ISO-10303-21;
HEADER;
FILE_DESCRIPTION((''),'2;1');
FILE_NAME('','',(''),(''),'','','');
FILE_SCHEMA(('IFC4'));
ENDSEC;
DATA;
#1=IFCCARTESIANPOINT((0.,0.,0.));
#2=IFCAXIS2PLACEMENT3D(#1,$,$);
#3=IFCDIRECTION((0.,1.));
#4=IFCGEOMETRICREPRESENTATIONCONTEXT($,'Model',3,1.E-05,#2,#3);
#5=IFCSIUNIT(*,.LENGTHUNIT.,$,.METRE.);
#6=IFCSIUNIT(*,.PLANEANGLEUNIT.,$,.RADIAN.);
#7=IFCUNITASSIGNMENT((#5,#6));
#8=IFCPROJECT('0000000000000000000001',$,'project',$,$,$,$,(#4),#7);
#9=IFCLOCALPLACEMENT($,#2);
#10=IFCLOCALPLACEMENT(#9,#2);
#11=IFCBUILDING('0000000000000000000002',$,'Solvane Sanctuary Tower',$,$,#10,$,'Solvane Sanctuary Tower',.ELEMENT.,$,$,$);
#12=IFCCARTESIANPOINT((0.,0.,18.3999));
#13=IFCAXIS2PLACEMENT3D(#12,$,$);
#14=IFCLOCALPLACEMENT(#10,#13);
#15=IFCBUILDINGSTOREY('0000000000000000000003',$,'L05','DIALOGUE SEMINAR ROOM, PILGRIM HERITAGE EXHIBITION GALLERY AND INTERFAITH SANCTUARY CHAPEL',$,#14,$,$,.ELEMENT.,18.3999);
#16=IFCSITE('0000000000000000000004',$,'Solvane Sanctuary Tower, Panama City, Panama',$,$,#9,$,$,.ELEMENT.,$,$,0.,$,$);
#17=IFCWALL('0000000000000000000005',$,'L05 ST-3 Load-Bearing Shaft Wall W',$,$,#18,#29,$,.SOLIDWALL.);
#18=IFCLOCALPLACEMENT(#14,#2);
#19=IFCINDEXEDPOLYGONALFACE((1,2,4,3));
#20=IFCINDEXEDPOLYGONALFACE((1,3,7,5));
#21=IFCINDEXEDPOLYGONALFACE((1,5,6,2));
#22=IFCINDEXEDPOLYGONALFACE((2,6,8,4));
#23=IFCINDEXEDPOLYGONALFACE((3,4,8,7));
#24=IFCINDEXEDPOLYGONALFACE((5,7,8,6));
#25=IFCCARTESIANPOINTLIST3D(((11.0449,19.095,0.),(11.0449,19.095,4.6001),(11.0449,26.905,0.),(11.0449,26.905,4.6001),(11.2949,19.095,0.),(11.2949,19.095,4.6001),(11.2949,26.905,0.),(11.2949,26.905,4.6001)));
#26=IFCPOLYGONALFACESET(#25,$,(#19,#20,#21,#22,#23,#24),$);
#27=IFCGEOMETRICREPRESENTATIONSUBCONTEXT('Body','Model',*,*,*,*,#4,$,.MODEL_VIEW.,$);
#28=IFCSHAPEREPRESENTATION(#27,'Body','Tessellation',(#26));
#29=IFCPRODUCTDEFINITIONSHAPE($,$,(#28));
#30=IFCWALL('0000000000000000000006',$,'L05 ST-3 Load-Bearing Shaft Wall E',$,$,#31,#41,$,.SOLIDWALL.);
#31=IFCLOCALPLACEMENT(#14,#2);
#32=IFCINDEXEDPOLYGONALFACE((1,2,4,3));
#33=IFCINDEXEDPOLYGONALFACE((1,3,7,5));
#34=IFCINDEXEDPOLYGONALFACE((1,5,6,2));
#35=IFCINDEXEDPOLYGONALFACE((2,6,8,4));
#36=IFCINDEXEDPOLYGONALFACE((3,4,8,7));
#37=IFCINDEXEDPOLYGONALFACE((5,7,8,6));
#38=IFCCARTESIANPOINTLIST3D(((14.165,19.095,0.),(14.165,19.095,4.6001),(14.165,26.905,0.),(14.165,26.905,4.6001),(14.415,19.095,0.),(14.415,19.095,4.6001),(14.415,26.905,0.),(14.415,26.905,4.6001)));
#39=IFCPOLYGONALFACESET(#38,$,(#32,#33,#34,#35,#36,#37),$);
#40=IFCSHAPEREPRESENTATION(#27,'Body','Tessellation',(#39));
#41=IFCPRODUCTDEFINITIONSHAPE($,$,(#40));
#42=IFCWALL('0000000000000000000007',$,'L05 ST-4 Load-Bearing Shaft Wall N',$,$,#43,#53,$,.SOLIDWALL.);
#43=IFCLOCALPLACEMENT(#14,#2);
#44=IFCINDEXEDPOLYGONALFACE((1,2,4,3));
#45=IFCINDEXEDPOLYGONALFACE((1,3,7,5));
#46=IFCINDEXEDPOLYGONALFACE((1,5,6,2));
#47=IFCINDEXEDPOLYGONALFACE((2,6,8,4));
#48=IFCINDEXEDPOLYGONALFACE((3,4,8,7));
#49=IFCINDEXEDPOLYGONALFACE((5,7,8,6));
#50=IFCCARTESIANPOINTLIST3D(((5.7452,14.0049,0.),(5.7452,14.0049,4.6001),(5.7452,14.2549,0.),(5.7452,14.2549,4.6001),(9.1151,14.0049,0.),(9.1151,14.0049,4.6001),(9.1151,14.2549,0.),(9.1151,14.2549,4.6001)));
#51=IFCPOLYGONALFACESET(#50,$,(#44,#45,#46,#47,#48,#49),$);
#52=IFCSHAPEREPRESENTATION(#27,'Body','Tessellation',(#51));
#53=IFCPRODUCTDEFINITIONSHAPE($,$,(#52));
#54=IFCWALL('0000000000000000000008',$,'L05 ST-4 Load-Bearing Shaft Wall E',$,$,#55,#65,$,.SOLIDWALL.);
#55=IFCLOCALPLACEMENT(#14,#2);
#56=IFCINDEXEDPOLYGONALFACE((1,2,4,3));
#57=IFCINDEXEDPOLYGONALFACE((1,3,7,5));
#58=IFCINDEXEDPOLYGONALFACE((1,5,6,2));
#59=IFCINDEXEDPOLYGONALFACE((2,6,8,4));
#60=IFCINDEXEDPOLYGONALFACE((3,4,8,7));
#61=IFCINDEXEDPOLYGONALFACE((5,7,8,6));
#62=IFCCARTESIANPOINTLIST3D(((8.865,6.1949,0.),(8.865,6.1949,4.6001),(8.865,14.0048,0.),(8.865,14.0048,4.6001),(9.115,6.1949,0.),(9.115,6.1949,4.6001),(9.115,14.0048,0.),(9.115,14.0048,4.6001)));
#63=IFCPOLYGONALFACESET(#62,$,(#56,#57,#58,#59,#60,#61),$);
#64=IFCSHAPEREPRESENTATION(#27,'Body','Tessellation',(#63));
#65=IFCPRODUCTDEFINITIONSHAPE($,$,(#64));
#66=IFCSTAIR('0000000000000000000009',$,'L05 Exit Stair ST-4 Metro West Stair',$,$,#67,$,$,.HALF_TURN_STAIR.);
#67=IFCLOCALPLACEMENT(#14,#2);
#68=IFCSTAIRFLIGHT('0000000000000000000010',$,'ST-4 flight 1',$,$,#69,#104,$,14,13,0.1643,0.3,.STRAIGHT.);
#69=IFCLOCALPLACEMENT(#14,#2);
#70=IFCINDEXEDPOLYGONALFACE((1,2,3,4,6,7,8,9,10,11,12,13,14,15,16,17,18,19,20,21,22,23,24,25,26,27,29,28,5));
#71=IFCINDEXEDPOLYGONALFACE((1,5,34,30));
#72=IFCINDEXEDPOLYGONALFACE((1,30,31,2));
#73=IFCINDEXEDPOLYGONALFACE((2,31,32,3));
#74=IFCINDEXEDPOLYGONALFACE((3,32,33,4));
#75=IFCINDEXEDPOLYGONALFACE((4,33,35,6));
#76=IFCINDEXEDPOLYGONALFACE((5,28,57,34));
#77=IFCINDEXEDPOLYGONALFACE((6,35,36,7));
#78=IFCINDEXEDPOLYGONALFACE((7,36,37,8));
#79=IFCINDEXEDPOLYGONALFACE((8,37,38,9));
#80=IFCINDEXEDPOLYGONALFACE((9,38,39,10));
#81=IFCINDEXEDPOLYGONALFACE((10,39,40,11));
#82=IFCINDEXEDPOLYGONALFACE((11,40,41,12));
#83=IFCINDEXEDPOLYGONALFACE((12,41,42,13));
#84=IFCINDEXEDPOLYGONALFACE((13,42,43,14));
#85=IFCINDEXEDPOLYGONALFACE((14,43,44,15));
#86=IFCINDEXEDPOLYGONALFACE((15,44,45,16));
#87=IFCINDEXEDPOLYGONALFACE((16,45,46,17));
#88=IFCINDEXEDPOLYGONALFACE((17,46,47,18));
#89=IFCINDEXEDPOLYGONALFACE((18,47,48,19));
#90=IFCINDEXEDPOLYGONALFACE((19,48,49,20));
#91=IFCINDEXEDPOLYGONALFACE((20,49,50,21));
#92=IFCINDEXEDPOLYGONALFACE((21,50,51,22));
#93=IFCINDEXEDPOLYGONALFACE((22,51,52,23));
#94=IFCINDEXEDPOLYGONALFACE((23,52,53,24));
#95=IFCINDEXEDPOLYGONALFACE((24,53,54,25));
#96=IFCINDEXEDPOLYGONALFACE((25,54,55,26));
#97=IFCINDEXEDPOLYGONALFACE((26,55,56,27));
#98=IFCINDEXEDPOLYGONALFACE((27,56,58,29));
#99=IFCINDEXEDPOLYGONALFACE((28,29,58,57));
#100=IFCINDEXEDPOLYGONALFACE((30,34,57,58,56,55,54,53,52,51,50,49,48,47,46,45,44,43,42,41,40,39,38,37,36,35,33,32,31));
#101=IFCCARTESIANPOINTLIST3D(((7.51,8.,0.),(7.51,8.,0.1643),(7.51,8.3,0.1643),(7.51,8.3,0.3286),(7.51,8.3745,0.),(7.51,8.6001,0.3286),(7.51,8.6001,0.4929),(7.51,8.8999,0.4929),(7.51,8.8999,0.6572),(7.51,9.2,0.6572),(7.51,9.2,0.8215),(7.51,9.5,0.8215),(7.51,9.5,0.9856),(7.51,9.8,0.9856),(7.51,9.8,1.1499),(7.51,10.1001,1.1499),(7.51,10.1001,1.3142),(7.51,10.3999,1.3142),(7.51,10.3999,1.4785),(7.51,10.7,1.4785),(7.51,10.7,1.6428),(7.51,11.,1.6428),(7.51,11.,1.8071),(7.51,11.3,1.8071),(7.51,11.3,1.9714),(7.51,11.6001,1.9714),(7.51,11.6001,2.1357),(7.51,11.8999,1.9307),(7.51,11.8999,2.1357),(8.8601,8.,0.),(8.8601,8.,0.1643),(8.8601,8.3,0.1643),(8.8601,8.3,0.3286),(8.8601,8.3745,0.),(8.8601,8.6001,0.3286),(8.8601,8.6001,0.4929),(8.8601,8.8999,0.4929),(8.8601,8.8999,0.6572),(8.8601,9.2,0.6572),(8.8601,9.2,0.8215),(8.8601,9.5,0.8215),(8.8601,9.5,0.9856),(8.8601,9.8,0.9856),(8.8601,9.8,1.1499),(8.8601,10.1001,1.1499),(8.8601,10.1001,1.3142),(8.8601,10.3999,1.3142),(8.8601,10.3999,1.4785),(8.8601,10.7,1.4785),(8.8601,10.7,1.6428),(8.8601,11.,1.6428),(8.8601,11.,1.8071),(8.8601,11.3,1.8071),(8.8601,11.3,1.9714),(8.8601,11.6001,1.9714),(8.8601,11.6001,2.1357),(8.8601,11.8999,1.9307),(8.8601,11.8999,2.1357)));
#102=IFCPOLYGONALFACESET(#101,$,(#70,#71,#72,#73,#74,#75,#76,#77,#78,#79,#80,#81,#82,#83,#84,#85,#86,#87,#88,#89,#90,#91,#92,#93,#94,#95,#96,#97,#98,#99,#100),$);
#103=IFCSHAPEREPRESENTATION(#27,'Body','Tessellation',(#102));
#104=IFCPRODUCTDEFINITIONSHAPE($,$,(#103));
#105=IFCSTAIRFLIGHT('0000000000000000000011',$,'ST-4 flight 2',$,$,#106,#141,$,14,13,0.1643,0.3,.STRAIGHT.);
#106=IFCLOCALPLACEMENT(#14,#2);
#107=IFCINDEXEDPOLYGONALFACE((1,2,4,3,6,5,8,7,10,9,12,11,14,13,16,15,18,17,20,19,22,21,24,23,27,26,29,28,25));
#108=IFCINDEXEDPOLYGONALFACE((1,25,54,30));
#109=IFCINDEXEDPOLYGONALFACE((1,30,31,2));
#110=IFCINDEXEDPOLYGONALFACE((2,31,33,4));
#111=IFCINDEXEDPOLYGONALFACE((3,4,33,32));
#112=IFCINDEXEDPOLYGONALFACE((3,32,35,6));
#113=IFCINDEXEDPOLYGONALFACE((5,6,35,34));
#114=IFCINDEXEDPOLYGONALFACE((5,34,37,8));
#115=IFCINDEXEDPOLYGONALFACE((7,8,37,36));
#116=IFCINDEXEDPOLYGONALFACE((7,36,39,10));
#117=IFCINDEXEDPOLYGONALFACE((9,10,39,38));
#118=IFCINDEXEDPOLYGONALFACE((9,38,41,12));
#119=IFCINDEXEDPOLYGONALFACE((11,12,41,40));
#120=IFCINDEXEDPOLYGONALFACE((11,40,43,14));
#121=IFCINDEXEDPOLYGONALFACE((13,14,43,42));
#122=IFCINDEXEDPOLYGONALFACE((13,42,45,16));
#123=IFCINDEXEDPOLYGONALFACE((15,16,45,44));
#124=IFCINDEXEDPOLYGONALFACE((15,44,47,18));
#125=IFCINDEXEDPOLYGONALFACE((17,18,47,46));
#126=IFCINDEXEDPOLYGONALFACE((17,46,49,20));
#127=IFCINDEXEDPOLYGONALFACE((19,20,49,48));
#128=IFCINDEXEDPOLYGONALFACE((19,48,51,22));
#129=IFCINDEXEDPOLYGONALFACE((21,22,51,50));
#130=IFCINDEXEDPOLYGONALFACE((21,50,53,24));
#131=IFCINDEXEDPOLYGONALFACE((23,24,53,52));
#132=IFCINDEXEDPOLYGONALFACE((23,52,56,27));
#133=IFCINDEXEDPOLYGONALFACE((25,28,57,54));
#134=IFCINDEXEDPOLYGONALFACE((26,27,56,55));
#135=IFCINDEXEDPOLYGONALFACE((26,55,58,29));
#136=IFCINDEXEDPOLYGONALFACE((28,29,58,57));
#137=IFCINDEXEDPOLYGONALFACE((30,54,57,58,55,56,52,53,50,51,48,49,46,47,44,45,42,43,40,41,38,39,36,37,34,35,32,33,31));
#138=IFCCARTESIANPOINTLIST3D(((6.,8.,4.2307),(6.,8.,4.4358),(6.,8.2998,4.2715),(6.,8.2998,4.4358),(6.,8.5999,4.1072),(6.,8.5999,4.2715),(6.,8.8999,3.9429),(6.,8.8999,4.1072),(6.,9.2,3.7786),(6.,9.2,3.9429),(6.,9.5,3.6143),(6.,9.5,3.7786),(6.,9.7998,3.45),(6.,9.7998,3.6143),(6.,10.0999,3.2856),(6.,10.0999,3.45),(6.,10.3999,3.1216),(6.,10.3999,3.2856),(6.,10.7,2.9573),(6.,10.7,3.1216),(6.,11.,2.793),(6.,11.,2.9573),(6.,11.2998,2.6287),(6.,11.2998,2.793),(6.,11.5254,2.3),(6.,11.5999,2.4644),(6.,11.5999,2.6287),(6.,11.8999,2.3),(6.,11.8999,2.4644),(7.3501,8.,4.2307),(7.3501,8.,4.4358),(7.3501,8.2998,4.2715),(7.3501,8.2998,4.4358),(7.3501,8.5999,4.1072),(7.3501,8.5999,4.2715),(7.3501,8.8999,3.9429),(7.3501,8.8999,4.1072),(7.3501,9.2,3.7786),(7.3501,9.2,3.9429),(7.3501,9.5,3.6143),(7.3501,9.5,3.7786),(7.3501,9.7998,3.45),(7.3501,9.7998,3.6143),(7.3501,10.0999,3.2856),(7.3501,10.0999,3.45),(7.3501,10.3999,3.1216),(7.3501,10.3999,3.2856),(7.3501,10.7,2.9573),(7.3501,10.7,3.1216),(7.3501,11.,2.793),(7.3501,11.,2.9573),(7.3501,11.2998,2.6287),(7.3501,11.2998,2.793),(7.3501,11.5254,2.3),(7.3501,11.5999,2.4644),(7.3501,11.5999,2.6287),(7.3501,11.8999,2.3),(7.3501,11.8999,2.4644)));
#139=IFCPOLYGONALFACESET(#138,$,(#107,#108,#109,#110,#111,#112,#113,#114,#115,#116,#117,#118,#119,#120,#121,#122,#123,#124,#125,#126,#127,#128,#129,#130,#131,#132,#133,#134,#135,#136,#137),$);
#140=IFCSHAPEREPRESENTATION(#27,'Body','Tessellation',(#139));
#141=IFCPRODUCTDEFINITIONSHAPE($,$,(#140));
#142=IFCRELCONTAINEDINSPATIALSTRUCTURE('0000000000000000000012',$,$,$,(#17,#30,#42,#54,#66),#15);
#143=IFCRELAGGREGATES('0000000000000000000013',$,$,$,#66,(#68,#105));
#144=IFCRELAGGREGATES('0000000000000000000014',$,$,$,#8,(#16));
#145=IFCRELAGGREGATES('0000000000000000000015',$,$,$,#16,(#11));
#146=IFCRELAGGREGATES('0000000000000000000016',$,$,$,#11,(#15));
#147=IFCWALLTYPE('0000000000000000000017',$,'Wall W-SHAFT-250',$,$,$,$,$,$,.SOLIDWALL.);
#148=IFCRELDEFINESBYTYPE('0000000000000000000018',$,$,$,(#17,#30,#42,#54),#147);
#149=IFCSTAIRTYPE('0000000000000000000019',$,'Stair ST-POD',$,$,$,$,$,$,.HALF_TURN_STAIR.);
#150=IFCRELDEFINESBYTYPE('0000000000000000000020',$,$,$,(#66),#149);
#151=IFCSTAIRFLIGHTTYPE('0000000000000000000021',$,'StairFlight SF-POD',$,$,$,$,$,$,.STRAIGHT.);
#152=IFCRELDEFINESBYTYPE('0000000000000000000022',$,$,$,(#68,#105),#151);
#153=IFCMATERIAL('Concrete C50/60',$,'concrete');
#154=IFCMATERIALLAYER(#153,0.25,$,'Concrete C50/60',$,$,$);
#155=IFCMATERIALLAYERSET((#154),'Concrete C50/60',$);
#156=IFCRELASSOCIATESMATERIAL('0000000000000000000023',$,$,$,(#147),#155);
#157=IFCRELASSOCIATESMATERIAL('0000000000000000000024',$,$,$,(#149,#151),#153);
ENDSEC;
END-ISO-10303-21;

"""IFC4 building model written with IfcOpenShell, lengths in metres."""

from ifc_helpers import new_model, si_unit, direction, frame, frame_2d, origin, place, context, subcontext, project, spatial, polyline, rectangle, outline, extrude, material, layer, layer_set, type_object, element, aggregate, save


model = new_model("IFC4")

# Units and contexts
model_context = context("Model", 3, precision=1e-05, world=origin(), true_north=direction((0.0, 1.0)))
body_context = subcontext(model_context, "Body", "Model", "MODEL_VIEW")
ifc_project = project(units=[si_unit("LENGTHUNIT", "METRE"), si_unit("PLANEANGLEUNIT", "RADIAN")], contexts=[model_context])

# Site, building, storey
site_placement = place(None, origin())
site = spatial("IfcSite", under=ifc_project, at=site_placement, Name="Solvane Sanctuary Tower, Panama City, Panama", CompositionType="ELEMENT", RefElevation=0.0)
building_placement = place(site_placement, origin())
building = spatial("IfcBuilding", under=site, at=building_placement, Name="Solvane Sanctuary Tower", LongName="Solvane Sanctuary Tower", CompositionType="ELEMENT")
storey_placement = place(building_placement, frame((0.0, 0.0, 18.3999)))
storey = spatial("IfcBuildingStorey", under=building, at=storey_placement, Name="L05", Description="DIALOGUE SEMINAR ROOM, PILGRIM HERITAGE EXHIBITION GALLERY AND INTERFAITH SANCTUARY CHAPEL", CompositionType="ELEMENT", Elevation=18.3999)

# Shared definitions
ifc_material_1 = material(Name="Concrete C50/60", Category="concrete")
ifc_layer_1 = layer(ifc_material_1, 0.25, Name="Concrete C50/60")
ifc_layer_set_1 = layer_set([ifc_layer_1], Name="Concrete C50/60")
wall_type_1 = type_object("IfcWallType", Name="Wall W-SHAFT-250", PredefinedType="SOLIDWALL", material=ifc_layer_set_1)

# Walls
for number, where, z_axis, x_axis, name in (
    (1, (11.1699, 19.095, 0.0), (0.0, 0.0, 1.0), (0.0, 1.0, 0.0), "L05 ST-3 Load-Bearing Shaft Wall W"),
    (2, (14.29, 19.095, 0.0), (0.0, 0.0, 1.0), (0.0, 1.0, 0.0), "L05 ST-3 Load-Bearing Shaft Wall E"),
):
    element("IfcWall", number, at=place(storey_placement, frame(where, z_axis=z_axis, x_axis=x_axis)), inside=storey, type_object=wall_type_1, Name=name, PredefinedType="SOLIDWALL", context=body_context, shape_type="SweptSolid", body=[
        extrude(rectangle(XDim=7.8101, YDim=0.25, at=frame_2d((3.905, 0.0))), origin(), (0.0, 0.0, 1.0), 4.6001),
    ])
wall_1_placement = place(storey_placement, frame((5.7451, 14.1299, 0.0), z_axis=(0.0, 0.0, 1.0), x_axis=(1.0, 0.0, 0.0)))
element("IfcWall", 3, at=wall_1_placement, inside=storey, type_object=wall_type_1, Name="L05 ST-4 Load-Bearing Shaft Wall N", PredefinedType="SOLIDWALL", context=body_context, shape_type="SweptSolid", body=[
    extrude(rectangle(XDim=3.3699, YDim=0.25, at=frame_2d((1.6851, 0.0))), origin(), (0.0, 0.0, 1.0), 4.6001),
])
wall_2_placement = place(storey_placement, frame((8.99, 6.1951, 0.0), z_axis=(0.0, 0.0, 1.0), x_axis=(0.0, 1.0, 0.0)))
element("IfcWall", 4, at=wall_2_placement, inside=storey, type_object=wall_type_1, Name="L05 ST-4 Load-Bearing Shaft Wall E", PredefinedType="SOLIDWALL", context=body_context, shape_type="SweptSolid", body=[
    extrude(rectangle(XDim=7.8098, YDim=0.25, at=frame_2d((3.9048, 0.0))), origin(), (0.0, 0.0, 1.0), 4.6001),
])

# Stair, stair flights
stair_type = type_object("IfcStairType", Name="Stair ST-POD", PredefinedType="HALF_TURN_STAIR", material=ifc_material_1)
stair_placement = place(storey_placement, origin())
stair = element("IfcStair", 5, at=stair_placement, inside=storey, type_object=stair_type, Name="L05 Exit Stair ST-4 Metro West Stair", PredefinedType="HALF_TURN_STAIR")
stair_flight_type = type_object("IfcStairFlightType", Name="StairFlight SF-POD", PredefinedType="STRAIGHT", material=ifc_material_1)
stair_flight_1_placement = place(storey_placement, frame((8.1851, 8.0, 0.0), z_axis=(0.0, 0.0, 1.0), x_axis=(0.0, 1.0, 0.0)))
stair_flight_1 = element("IfcStairFlight", 6, at=stair_flight_1_placement, type_object=stair_flight_type, Name="ST-4 flight 1", NumberOfRisers=14, NumberOfTreads=13, PredefinedType="STRAIGHT", RiserHeight=0.1643, TreadLength=0.3, context=body_context, shape_type="SweptSolid", body=[
    extrude(outline(polyline([(0.0, 0.0), (0.0, 0.1643), (0.3, 0.1643), (0.3, 0.3286), (0.6001, 0.3286), (0.6001, 0.4929), (0.8999, 0.4929), (0.8999, 0.6572), (1.2, 0.6572), (1.2, 0.8215), (1.5, 0.8215), (1.5, 0.9856), (1.8, 0.9856), (1.8, 1.1499), (2.1001, 1.1499), (2.1001, 1.3142), (2.3999, 1.3142), (2.3999, 1.4785), (2.7, 1.4785), (2.7, 1.6428), (3.0, 1.6428), (3.0, 1.8071), (3.3, 1.8071), (3.3, 1.9714), (3.6001, 1.9714), (3.6001, 2.1357), (3.8999, 2.1357), (3.8999, 2.3), (3.8999, 1.9307), (0.3745, 0.0), (0.0, 0.0)])), frame((0.0, 0.675, 0.0), z_axis=(0.0, -1.0, 0.0), x_axis=(1.0, 0.0, 0.0)), (0.0, 0.0, 1.0), 1.3501),
])
stair_flight_2_placement = place(storey_placement, frame((6.675, 11.8999, 2.3), z_axis=(0.0, 0.0, 1.0), x_axis=(0.0, -1.0, 0.0)))
stair_flight_2 = element("IfcStairFlight", 7, at=stair_flight_2_placement, type_object=stair_flight_type, Name="ST-4 flight 2", NumberOfRisers=14, NumberOfTreads=13, PredefinedType="STRAIGHT", RiserHeight=0.1643, TreadLength=0.3, context=body_context, shape_type="SweptSolid", body=[
    extrude(outline(polyline([(0.0, 0.0), (0.0, 0.1643), (0.3, 0.1643), (0.3, 0.3286), (0.6001, 0.3286), (0.6001, 0.4929), (0.8999, 0.4929), (0.8999, 0.6572), (1.2, 0.6572), (1.2, 0.8215), (1.5, 0.8215), (1.5, 0.9856), (1.8, 0.9856), (1.8, 1.1499), (2.1001, 1.1499), (2.1001, 1.3142), (2.3999, 1.3142), (2.3999, 1.4785), (2.7, 1.4785), (2.7, 1.6428), (3.0, 1.6428), (3.0, 1.8071), (3.3, 1.8071), (3.3, 1.9714), (3.6001, 1.9714), (3.6001, 2.1357), (3.8999, 2.1357), (3.8999, 2.3), (3.8999, 1.9307), (0.3745, 0.0), (0.0, 0.0)])), frame((0.0, 0.675, 0.0), z_axis=(0.0, -1.0, 0.0), x_axis=(1.0, 0.0, 0.0)), (0.0, 0.0, 1.0), 1.3501),
])
aggregate(stair, [stair_flight_1, stair_flight_2])

save(model, "model.ifc")
